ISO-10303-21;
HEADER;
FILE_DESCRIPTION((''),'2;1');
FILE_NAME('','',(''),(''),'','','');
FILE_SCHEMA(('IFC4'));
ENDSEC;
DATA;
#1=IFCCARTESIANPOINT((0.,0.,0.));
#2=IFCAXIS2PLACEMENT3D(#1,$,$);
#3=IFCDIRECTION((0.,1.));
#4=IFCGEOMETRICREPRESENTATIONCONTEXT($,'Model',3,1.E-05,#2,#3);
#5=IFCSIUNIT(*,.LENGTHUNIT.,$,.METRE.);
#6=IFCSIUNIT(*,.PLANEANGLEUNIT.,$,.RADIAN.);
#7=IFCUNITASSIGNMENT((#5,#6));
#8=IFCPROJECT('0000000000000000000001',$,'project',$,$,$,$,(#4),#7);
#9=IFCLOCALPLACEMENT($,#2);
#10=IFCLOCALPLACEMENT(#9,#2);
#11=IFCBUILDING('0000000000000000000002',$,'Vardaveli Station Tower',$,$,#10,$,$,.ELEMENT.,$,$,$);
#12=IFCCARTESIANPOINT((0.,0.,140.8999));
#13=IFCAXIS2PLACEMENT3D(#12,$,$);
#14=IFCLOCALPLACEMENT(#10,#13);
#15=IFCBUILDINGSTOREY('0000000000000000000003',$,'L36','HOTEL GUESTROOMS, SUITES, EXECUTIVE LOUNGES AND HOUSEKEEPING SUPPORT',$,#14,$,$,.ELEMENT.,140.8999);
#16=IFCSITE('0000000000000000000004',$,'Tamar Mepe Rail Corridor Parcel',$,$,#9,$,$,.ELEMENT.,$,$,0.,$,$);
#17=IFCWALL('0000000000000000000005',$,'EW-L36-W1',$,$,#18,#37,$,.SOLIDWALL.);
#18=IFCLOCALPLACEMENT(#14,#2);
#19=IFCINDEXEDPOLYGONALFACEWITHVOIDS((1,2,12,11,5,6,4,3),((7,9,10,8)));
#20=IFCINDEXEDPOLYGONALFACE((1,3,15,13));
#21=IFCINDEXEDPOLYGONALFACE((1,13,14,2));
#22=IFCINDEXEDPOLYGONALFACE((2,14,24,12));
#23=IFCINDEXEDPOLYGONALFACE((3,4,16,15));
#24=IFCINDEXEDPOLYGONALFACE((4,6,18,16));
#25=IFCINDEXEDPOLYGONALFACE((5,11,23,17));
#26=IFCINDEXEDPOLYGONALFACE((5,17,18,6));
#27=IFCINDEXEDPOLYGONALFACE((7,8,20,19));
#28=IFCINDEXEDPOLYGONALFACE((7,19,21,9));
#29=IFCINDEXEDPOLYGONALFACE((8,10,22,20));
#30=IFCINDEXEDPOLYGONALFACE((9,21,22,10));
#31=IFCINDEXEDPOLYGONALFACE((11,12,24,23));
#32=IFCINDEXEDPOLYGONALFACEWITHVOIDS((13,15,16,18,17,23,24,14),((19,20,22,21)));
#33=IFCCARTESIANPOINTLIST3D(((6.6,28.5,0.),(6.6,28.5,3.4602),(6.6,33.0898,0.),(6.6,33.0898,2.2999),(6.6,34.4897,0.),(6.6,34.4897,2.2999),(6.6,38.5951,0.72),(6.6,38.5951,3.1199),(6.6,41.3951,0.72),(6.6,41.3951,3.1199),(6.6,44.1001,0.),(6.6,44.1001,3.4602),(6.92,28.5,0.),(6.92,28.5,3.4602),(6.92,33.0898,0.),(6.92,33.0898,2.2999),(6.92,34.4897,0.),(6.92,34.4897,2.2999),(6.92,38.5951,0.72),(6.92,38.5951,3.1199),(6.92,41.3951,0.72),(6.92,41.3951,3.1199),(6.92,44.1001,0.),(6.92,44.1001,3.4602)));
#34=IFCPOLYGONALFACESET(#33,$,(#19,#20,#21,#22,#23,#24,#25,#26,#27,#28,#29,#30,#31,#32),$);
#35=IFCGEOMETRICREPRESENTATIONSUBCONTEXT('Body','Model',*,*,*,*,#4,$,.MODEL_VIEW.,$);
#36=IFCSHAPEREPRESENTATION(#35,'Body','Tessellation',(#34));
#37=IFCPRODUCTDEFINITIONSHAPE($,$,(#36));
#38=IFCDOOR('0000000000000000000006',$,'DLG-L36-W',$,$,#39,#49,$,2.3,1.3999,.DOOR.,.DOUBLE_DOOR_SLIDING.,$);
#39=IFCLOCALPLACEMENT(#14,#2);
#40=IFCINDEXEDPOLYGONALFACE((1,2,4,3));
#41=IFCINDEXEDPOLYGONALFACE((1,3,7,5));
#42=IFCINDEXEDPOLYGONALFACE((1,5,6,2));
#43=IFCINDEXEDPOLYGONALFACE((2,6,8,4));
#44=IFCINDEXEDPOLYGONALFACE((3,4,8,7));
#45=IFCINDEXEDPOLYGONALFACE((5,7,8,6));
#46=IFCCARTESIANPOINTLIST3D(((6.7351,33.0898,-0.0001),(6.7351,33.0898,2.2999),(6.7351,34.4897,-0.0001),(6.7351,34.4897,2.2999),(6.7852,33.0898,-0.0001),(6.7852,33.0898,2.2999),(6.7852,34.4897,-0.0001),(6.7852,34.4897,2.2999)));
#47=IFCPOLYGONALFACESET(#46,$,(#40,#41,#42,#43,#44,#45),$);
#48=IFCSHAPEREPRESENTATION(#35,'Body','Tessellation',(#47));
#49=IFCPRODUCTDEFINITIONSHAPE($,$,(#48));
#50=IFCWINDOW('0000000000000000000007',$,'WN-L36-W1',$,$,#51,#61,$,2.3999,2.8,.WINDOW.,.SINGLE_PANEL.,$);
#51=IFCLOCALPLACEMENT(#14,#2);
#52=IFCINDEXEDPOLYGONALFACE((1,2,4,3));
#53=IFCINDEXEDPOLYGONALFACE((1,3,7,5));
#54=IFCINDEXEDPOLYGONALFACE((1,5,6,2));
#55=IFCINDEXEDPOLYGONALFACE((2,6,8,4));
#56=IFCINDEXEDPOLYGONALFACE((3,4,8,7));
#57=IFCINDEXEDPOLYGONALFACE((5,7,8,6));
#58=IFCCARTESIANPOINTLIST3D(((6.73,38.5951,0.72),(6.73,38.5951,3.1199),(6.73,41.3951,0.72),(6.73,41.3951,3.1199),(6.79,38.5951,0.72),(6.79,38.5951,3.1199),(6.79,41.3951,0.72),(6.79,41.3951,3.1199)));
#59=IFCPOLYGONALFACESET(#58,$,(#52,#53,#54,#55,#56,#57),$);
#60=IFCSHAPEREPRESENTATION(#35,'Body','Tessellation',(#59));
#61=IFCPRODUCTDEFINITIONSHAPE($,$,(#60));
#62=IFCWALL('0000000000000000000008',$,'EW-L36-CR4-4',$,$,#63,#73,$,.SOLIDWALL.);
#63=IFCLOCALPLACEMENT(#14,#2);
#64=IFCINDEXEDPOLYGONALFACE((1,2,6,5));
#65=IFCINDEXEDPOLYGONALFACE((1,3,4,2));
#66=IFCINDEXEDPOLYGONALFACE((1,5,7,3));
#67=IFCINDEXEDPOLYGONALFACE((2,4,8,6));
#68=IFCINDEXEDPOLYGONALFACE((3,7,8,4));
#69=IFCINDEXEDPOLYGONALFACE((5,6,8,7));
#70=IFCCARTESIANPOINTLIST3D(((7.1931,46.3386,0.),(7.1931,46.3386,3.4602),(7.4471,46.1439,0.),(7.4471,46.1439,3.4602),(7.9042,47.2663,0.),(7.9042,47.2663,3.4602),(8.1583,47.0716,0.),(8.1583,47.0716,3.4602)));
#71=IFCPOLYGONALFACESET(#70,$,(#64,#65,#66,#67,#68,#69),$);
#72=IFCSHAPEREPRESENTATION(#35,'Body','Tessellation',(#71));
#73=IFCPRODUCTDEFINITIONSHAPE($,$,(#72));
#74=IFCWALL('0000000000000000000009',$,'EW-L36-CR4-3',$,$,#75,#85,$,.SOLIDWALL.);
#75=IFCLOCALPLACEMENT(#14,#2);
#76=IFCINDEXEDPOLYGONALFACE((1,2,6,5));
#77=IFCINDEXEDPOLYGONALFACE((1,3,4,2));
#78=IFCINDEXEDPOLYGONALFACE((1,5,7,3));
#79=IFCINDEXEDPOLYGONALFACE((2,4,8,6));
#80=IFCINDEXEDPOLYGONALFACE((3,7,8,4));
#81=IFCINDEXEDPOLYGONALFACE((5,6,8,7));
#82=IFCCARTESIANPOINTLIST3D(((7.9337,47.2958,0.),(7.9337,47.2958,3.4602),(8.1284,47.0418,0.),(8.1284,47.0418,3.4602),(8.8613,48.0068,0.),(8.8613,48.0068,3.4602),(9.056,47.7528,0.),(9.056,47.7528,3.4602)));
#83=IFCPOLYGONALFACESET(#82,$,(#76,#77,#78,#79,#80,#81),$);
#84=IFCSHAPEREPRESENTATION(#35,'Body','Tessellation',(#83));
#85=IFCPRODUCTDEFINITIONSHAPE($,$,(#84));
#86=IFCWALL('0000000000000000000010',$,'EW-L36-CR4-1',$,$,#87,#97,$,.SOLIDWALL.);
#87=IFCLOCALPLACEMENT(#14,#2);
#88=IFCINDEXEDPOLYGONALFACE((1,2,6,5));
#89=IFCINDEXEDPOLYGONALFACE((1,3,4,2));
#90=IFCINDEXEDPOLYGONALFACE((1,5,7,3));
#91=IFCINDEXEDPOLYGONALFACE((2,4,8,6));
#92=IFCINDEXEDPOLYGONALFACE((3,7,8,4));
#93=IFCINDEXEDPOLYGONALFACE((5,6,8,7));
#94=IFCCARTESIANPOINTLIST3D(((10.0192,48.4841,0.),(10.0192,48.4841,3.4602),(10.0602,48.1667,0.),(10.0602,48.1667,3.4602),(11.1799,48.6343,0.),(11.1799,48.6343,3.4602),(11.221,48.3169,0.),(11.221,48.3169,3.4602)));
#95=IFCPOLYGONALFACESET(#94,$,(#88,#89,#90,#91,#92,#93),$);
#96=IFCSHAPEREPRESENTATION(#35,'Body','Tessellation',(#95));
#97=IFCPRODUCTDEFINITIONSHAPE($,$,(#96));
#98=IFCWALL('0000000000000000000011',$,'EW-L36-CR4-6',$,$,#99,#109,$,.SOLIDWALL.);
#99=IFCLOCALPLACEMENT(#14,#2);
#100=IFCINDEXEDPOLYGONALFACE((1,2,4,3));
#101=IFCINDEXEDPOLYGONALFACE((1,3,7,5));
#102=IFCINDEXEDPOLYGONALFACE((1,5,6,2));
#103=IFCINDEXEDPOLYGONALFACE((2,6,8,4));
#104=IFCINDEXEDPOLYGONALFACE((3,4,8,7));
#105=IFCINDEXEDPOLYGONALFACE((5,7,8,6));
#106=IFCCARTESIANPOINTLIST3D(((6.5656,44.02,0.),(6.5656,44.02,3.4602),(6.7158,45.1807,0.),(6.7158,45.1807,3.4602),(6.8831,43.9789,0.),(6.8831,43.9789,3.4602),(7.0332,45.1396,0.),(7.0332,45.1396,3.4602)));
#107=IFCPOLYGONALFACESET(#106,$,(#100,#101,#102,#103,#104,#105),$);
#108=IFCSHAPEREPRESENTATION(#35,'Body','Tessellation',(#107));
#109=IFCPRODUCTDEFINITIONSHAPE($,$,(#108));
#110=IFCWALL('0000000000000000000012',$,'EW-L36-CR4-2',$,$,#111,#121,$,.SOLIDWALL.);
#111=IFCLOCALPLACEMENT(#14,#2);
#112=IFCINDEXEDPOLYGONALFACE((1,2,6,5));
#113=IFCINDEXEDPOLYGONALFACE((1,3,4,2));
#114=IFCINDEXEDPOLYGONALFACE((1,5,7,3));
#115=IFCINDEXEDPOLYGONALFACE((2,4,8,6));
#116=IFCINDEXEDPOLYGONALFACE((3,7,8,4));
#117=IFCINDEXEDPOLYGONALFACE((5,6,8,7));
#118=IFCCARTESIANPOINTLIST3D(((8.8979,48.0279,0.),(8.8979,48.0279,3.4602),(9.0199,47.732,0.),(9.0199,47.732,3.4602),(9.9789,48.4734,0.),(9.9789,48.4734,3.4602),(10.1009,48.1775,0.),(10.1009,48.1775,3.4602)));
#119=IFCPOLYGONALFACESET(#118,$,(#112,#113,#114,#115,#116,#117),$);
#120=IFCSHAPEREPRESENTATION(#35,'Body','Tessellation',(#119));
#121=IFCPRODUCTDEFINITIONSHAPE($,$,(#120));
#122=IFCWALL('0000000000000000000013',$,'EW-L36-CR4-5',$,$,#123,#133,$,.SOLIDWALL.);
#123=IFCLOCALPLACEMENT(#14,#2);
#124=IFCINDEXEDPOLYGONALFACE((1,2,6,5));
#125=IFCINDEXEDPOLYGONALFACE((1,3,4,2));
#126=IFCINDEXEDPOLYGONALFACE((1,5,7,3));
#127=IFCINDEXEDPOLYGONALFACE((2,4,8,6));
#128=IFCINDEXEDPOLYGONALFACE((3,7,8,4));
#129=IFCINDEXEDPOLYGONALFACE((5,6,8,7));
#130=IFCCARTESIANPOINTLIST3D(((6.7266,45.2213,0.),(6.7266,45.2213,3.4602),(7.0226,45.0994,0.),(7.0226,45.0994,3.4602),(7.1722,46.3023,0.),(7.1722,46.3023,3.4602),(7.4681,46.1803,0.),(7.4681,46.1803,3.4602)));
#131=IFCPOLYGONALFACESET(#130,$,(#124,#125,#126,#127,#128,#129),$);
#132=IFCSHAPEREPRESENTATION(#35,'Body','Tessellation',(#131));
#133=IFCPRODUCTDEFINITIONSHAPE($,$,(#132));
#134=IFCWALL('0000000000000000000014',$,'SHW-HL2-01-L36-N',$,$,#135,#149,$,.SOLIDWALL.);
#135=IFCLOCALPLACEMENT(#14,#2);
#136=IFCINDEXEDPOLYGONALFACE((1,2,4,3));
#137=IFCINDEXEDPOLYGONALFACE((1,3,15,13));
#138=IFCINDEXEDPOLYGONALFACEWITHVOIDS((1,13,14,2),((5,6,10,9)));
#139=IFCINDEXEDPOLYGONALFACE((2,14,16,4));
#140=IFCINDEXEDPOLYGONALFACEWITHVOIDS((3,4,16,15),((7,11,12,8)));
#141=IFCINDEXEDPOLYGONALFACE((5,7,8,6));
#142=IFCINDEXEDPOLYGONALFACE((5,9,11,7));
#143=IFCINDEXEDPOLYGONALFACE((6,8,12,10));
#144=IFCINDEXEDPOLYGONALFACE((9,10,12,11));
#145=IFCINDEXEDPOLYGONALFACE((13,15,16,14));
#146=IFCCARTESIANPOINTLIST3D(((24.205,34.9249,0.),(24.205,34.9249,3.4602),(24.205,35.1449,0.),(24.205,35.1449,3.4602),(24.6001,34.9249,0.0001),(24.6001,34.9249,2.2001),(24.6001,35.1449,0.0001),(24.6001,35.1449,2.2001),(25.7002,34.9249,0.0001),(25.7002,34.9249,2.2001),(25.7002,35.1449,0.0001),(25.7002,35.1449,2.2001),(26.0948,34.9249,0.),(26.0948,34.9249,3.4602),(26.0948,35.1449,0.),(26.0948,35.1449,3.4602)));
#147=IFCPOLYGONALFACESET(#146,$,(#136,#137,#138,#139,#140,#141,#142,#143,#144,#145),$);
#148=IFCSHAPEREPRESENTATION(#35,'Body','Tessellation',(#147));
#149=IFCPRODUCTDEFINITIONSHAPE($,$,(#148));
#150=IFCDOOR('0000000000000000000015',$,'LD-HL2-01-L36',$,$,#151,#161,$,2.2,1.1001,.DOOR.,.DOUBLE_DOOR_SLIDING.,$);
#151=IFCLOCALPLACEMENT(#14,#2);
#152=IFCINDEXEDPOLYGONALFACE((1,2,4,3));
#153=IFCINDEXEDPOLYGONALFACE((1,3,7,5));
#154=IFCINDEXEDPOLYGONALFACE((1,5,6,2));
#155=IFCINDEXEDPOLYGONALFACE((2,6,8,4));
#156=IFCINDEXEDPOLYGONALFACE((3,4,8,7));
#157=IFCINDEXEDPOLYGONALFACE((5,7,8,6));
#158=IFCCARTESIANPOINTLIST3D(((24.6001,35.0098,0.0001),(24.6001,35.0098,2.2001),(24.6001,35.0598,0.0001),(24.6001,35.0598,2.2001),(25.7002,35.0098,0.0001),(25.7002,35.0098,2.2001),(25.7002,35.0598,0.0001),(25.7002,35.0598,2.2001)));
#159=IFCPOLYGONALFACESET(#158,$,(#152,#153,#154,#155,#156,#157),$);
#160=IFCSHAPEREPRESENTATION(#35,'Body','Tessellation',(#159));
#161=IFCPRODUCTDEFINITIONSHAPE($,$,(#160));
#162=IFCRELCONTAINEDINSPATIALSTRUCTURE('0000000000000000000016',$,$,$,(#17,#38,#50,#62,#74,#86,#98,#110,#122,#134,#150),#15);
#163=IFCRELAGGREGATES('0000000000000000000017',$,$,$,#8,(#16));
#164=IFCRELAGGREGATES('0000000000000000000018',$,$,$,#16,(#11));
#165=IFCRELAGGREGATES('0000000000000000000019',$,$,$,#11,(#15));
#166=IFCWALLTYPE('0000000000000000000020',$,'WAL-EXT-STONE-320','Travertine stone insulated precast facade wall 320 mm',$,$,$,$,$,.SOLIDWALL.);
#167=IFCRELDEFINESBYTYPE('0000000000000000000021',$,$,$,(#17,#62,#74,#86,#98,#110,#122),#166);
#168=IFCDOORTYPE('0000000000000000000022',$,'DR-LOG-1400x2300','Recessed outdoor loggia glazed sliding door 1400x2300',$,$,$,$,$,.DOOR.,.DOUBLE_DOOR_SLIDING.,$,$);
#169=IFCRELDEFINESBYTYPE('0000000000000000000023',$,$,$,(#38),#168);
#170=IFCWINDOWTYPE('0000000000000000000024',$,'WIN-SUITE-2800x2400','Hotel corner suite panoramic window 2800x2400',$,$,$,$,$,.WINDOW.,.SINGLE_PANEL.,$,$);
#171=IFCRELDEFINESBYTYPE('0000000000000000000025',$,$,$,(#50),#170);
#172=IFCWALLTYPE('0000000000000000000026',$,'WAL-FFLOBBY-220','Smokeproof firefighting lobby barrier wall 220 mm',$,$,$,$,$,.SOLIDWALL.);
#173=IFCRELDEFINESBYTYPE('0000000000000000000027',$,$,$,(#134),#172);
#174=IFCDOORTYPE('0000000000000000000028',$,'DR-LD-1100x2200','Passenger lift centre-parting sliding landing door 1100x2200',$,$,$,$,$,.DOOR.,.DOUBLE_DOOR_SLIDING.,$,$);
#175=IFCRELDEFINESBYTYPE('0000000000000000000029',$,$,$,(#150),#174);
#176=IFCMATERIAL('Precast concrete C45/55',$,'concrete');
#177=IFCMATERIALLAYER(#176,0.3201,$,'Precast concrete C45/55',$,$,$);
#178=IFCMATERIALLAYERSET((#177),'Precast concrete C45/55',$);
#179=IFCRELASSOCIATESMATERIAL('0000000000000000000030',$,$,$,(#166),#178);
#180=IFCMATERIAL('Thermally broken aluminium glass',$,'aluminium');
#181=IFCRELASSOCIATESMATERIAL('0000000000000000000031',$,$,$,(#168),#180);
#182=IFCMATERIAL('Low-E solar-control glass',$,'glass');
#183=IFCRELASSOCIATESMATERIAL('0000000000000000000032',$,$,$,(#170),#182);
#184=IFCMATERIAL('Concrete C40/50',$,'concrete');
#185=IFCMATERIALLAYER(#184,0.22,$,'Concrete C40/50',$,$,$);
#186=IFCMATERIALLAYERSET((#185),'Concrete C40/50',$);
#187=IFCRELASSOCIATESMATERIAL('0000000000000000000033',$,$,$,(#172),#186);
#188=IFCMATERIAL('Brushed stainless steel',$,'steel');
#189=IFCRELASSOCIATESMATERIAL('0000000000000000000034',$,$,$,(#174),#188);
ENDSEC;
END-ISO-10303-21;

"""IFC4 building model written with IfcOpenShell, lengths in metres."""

from ifc_helpers import new_model, si_unit, direction, frame, frame_2d, origin, place, context, subcontext, project, spatial, rectangle, extrude, source, transform, mapped, material, layer, layer_set, type_object, element, fill, save


model = new_model("IFC4")

# Units and contexts
model_context = context("Model", 3, precision=1e-05, world=origin(), true_north=direction((0.0, 1.0)))
body_context = subcontext(model_context, "Body", "Model", "MODEL_VIEW")
ifc_project = project(units=[si_unit("LENGTHUNIT", "METRE"), si_unit("PLANEANGLEUNIT", "RADIAN")], contexts=[model_context])

# Site, building, storey
site_placement = place(None, origin())
site = spatial("IfcSite", under=ifc_project, at=site_placement, Name="Tamar Mepe Rail Corridor Parcel", CompositionType="ELEMENT", RefElevation=0.0)
building_placement = place(site_placement, origin())
building = spatial("IfcBuilding", under=site, at=building_placement, Name="Vardaveli Station Tower", CompositionType="ELEMENT")
storey_placement = place(building_placement, frame((0.0, 0.0, 140.8999)))
storey = spatial("IfcBuildingStorey", under=building, at=storey_placement, Name="L36", Description="HOTEL GUESTROOMS, SUITES, EXECUTIVE LOUNGES AND HOUSEKEEPING SUPPORT", CompositionType="ELEMENT", Elevation=140.8999)

# Shared definitions
ifc_material_1 = material(Name="Precast concrete C45/55", Category="concrete")

# Wall, openings, door, window
ifc_layer_1 = layer(ifc_material_1, 0.3201, Name="Precast concrete C45/55")
ifc_layer_set_1 = layer_set([ifc_layer_1], Name="Precast concrete C45/55")
wall_type_1 = type_object("IfcWallType", Name="WAL-EXT-STONE-320", Description="Travertine stone insulated precast facade wall 320 mm", PredefinedType="SOLIDWALL", material=ifc_layer_set_1)
shared_shape_1 = source(origin(), body_context, "Body", "SweptSolid", [
    extrude(rectangle(XDim=15.6001, YDim=0.3201, at=frame_2d((7.8, 0.0))), origin(), (0.0, 0.0, 1.0), 3.4602),
])
wall_1_placement = place(storey_placement, frame((6.76, 44.1001, 0.0), z_axis=(0.0, 0.0, 1.0), x_axis=(0.0, -1.0, 0.0)))
wall_1 = element("IfcWall", 1, at=wall_1_placement, inside=storey, type_object=wall_type_1, Name="EW-L36-W1", PredefinedType="SOLIDWALL", context=body_context, shape_type="MappedRepresentation", body=[
    mapped(shared_shape_1, transform((0.0, 0.0, 0.0), scale=1.0)),
])
shared_shape_2 = source(origin(), body_context, "Body", "SweptSolid", [
    extrude(rectangle(XDim=1.3999, YDim=2.3, at=frame_2d((0.7, 1.1499))), frame((0.0, 0.1699, 0.0), z_axis=(0.0, -1.0, 0.0), x_axis=(1.0, 0.0, 0.0)), (0.0, 0.0, 1.0), 0.3401),
])
opening_1_placement = place(wall_1_placement, frame((9.6104, 0.0, 0.0)))
opening_1 = element("IfcOpeningElement", 2, at=opening_1_placement, cuts=wall_1, PredefinedType="OPENING", context=body_context, shape_type="MappedRepresentation", body=[
    mapped(shared_shape_2, transform((0.0, 0.0, 0.0), scale=1.0)),
])
shared_shape_3 = source(origin(), body_context, "Body", "SweptSolid", [
    extrude(rectangle(XDim=2.8, YDim=2.3999, at=frame_2d((1.3999, 1.2))), frame((0.0, 0.1699, 0.0), z_axis=(0.0, -1.0, 0.0), x_axis=(1.0, 0.0, 0.0)), (0.0, 0.0, 1.0), 0.3401),
])
opening_2_placement = place(wall_1_placement, frame((2.7051, 0.0, 0.72)))
opening_2 = element("IfcOpeningElement", 3, at=opening_2_placement, cuts=wall_1, PredefinedType="OPENING", context=body_context, shape_type="MappedRepresentation", body=[
    mapped(shared_shape_3, transform((0.0, 0.0, 0.0), scale=1.0)),
])
ifc_material_2 = material(Name="Thermally broken aluminium glass", Category="aluminium")
door_type_1 = type_object("IfcDoorType", Name="DR-LOG-1400x2300", Description="Recessed outdoor loggia glazed sliding door 1400x2300", OperationType="DOUBLE_DOOR_SLIDING", PredefinedType="DOOR", material=ifc_material_2)
shared_shape_4 = source(origin(), body_context, "Body", "SweptSolid", [
    extrude(rectangle(XDim=1.3999, YDim=2.3, at=frame_2d((0.7, 1.1499))), frame((0.0, 0.0249, 0.0), z_axis=(0.0, -1.0, 0.0), x_axis=(1.0, 0.0, 0.0)), (0.0, 0.0, 1.0), 0.05),
])
door_1_placement = place(opening_1_placement, frame((1.3999, 0.0, 0.0), z_axis=(0.0, 0.0, 1.0), x_axis=(-1.0, 0.0, 0.0)))
door_1 = element("IfcDoor", 4, at=door_1_placement, inside=storey, type_object=door_type_1, Name="DLG-L36-W", OperationType="DOUBLE_DOOR_SLIDING", OverallHeight=2.3, OverallWidth=1.3999, PredefinedType="DOOR", context=body_context, shape_type="MappedRepresentation", body=[
    mapped(shared_shape_4, transform((0.0, 0.0, 0.0), scale=1.0)),
])
fill(opening_1, door_1)
ifc_material_3 = material(Name="Low-E solar-control glass", Category="glass")
window_type = type_object("IfcWindowType", Name="WIN-SUITE-2800x2400", Description="Hotel corner suite panoramic window 2800x2400", PartitioningType="SINGLE_PANEL", PredefinedType="WINDOW", material=ifc_material_3)
shared_shape_5 = source(origin(), body_context, "Body", "SweptSolid", [
    extrude(rectangle(XDim=2.8, YDim=2.3999, at=frame_2d((1.3999, 1.2))), frame((0.0, 0.03, 0.0), z_axis=(0.0, -1.0, 0.0), x_axis=(1.0, 0.0, 0.0)), (0.0, 0.0, 1.0), 0.0601),
])
window_placement = place(opening_2_placement, origin())
window = element("IfcWindow", 5, at=window_placement, inside=storey, type_object=window_type, Name="WN-L36-W1", OverallHeight=2.3999, OverallWidth=2.8, PartitioningType="SINGLE_PANEL", PredefinedType="WINDOW", context=body_context, shape_type="MappedRepresentation", body=[
    mapped(shared_shape_5, transform((0.0, 0.0, 0.0), scale=1.0)),
])
fill(opening_2, window)

# Walls
shared_shape_6 = source(origin(), body_context, "Body", "SweptSolid", [
    extrude(rectangle(XDim=1.1689, YDim=0.3201, at=frame_2d((0.5845, 0.0))), origin(), (0.0, 0.0, 1.0), 3.4602),
])
wall_2_placement = place(storey_placement, frame((8.0312, 47.1689, 0.0), z_axis=(0.0, 0.0, 1.0), x_axis=(-0.608388, -0.79364, 0.0)))
element("IfcWall", 6, at=wall_2_placement, inside=storey, type_object=wall_type_1, Name="EW-L36-CR4-4", PredefinedType="SOLIDWALL", context=body_context, shape_type="MappedRepresentation", body=[
    mapped(shared_shape_6, transform((0.0, 0.0, 0.0), scale=1.0)),
])
shared_shape_7 = source(origin(), body_context, "Body", "SweptSolid", [
    extrude(rectangle(XDim=1.1687, YDim=0.3201, at=frame_2d((0.5845, 0.0))), origin(), (0.0, 0.0, 1.0), 3.4602),
])
wall_3_placement = place(storey_placement, frame((8.9587, 47.8799, 0.0), z_axis=(0.0, 0.0, 1.0), x_axis=(-0.793664, -0.608357, 0.0)))
element("IfcWall", 7, at=wall_3_placement, inside=storey, type_object=wall_type_1, Name="EW-L36-CR4-3", PredefinedType="SOLIDWALL", context=body_context, shape_type="MappedRepresentation", body=[
    mapped(shared_shape_7, transform((0.0, 0.0, 0.0), scale=1.0)),
])
shared_shape_8 = source(origin(), body_context, "Body", "SweptSolid", [
    extrude(rectangle(XDim=1.1704, YDim=0.3201, at=frame_2d((0.5852, 0.0))), origin(), (0.0, 0.0, 1.0), 3.4602),
])
for number, where, z_axis, x_axis, name in (
    (8, (11.2004, 48.4756, 0.0), (0.0, 0.0, 1.0), (-0.991736, -0.128296, 0.0), "EW-L36-CR4-1"),
    (9, (6.8745, 45.1602, 0.0), (0.0, 0.0, 1.0), (-0.128296, -0.991736, 0.0), "EW-L36-CR4-6"),
):
    element("IfcWall", number, at=place(storey_placement, frame(where, z_axis=z_axis, x_axis=x_axis)), inside=storey, type_object=wall_type_1, Name=name, PredefinedType="SOLIDWALL", context=body_context, shape_type="MappedRepresentation", body=[
        mapped(shared_shape_8, transform((0.0, 0.0, 0.0), scale=1.0)),
    ])
shared_shape_9 = source(origin(), body_context, "Body", "SweptSolid", [
    extrude(rectangle(XDim=1.1692, YDim=0.3201, at=frame_2d((0.5845, 0.0))), origin(), (0.0, 0.0, 1.0), 3.4602),
])
for number, where, z_axis, x_axis, name in (
    (10, (10.0398, 48.3254, 0.0), (0.0, 0.0, 1.0), (-0.924553, -0.381054, 0.0), "EW-L36-CR4-2"),
    (11, (7.3201, 46.2412, 0.0), (0.0, 0.0, 1.0), (-0.381054, -0.924553, 0.0), "EW-L36-CR4-5"),
):
    element("IfcWall", number, at=place(storey_placement, frame(where, z_axis=z_axis, x_axis=x_axis)), inside=storey, type_object=wall_type_1, Name=name, PredefinedType="SOLIDWALL", context=body_context, shape_type="MappedRepresentation", body=[
        mapped(shared_shape_9, transform((0.0, 0.0, 0.0), scale=1.0)),
    ])

# Wall, opening, door
ifc_material_4 = material(Name="Concrete C40/50", Category="concrete")
ifc_layer_2 = layer(ifc_material_4, 0.22, Name="Concrete C40/50")
ifc_layer_set_2 = layer_set([ifc_layer_2], Name="Concrete C40/50")
wall_type_2 = type_object("IfcWallType", Name="WAL-FFLOBBY-220", Description="Smokeproof firefighting lobby barrier wall 220 mm", PredefinedType="SOLIDWALL", material=ifc_layer_set_2)
shared_shape_10 = source(origin(), body_context, "Body", "SweptSolid", [
    extrude(rectangle(XDim=1.8899, YDim=0.22, at=frame_2d((0.9448, 0.0))), origin(), (0.0, 0.0, 1.0), 3.4602),
])
wall_4_placement = place(storey_placement, frame((24.2051, 35.0349, 0.0), z_axis=(0.0, 0.0, 1.0), x_axis=(1.0, 0.0, 0.0)))
wall_4 = element("IfcWall", 12, at=wall_4_placement, inside=storey, type_object=wall_type_2, Name="SHW-HL2-01-L36-N", PredefinedType="SOLIDWALL", context=body_context, shape_type="MappedRepresentation", body=[
    mapped(shared_shape_10, transform((0.0, 0.0, 0.0), scale=1.0)),
])
shared_shape_11 = source(origin(), body_context, "Body", "SweptSolid", [
    extrude(rectangle(XDim=1.1001, YDim=2.2, at=frame_2d((0.55, 1.1001))), frame((0.0, 0.1201, 0.0), z_axis=(0.0, -1.0, 0.0), x_axis=(1.0, 0.0, 0.0)), (0.0, 0.0, 1.0), 0.24),
])
opening_3_placement = place(wall_4_placement, frame((0.395, 0.0, 0.0)))
opening_3 = element("IfcOpeningElement", 13, at=opening_3_placement, cuts=wall_4, PredefinedType="OPENING", context=body_context, shape_type="MappedRepresentation", body=[
    mapped(shared_shape_11, transform((0.0, 0.0, 0.0), scale=1.0)),
])
ifc_material_5 = material(Name="Brushed stainless steel", Category="steel")
door_type_2 = type_object("IfcDoorType", Name="DR-LD-1100x2200", Description="Passenger lift centre-parting sliding landing door 1100x2200", OperationType="DOUBLE_DOOR_SLIDING", PredefinedType="DOOR", material=ifc_material_5)
shared_shape_12 = source(origin(), body_context, "Body", "SweptSolid", [
    extrude(rectangle(XDim=1.1001, YDim=2.2, at=frame_2d((0.55, 1.1001))), frame((0.0, 0.0249, 0.0), z_axis=(0.0, -1.0, 0.0), x_axis=(1.0, 0.0, 0.0)), (0.0, 0.0, 1.0), 0.05),
])
door_2_placement = place(opening_3_placement, origin())
door_2 = element("IfcDoor", 14, at=door_2_placement, inside=storey, type_object=door_type_2, Name="LD-HL2-01-L36", OperationType="DOUBLE_DOOR_SLIDING", OverallHeight=2.2, OverallWidth=1.1001, PredefinedType="DOOR", context=body_context, shape_type="MappedRepresentation", body=[
    mapped(shared_shape_12, transform((0.0, 0.0, 0.0), scale=1.0)),
])
fill(opening_3, door_2)

save(model, "model.ifc")
